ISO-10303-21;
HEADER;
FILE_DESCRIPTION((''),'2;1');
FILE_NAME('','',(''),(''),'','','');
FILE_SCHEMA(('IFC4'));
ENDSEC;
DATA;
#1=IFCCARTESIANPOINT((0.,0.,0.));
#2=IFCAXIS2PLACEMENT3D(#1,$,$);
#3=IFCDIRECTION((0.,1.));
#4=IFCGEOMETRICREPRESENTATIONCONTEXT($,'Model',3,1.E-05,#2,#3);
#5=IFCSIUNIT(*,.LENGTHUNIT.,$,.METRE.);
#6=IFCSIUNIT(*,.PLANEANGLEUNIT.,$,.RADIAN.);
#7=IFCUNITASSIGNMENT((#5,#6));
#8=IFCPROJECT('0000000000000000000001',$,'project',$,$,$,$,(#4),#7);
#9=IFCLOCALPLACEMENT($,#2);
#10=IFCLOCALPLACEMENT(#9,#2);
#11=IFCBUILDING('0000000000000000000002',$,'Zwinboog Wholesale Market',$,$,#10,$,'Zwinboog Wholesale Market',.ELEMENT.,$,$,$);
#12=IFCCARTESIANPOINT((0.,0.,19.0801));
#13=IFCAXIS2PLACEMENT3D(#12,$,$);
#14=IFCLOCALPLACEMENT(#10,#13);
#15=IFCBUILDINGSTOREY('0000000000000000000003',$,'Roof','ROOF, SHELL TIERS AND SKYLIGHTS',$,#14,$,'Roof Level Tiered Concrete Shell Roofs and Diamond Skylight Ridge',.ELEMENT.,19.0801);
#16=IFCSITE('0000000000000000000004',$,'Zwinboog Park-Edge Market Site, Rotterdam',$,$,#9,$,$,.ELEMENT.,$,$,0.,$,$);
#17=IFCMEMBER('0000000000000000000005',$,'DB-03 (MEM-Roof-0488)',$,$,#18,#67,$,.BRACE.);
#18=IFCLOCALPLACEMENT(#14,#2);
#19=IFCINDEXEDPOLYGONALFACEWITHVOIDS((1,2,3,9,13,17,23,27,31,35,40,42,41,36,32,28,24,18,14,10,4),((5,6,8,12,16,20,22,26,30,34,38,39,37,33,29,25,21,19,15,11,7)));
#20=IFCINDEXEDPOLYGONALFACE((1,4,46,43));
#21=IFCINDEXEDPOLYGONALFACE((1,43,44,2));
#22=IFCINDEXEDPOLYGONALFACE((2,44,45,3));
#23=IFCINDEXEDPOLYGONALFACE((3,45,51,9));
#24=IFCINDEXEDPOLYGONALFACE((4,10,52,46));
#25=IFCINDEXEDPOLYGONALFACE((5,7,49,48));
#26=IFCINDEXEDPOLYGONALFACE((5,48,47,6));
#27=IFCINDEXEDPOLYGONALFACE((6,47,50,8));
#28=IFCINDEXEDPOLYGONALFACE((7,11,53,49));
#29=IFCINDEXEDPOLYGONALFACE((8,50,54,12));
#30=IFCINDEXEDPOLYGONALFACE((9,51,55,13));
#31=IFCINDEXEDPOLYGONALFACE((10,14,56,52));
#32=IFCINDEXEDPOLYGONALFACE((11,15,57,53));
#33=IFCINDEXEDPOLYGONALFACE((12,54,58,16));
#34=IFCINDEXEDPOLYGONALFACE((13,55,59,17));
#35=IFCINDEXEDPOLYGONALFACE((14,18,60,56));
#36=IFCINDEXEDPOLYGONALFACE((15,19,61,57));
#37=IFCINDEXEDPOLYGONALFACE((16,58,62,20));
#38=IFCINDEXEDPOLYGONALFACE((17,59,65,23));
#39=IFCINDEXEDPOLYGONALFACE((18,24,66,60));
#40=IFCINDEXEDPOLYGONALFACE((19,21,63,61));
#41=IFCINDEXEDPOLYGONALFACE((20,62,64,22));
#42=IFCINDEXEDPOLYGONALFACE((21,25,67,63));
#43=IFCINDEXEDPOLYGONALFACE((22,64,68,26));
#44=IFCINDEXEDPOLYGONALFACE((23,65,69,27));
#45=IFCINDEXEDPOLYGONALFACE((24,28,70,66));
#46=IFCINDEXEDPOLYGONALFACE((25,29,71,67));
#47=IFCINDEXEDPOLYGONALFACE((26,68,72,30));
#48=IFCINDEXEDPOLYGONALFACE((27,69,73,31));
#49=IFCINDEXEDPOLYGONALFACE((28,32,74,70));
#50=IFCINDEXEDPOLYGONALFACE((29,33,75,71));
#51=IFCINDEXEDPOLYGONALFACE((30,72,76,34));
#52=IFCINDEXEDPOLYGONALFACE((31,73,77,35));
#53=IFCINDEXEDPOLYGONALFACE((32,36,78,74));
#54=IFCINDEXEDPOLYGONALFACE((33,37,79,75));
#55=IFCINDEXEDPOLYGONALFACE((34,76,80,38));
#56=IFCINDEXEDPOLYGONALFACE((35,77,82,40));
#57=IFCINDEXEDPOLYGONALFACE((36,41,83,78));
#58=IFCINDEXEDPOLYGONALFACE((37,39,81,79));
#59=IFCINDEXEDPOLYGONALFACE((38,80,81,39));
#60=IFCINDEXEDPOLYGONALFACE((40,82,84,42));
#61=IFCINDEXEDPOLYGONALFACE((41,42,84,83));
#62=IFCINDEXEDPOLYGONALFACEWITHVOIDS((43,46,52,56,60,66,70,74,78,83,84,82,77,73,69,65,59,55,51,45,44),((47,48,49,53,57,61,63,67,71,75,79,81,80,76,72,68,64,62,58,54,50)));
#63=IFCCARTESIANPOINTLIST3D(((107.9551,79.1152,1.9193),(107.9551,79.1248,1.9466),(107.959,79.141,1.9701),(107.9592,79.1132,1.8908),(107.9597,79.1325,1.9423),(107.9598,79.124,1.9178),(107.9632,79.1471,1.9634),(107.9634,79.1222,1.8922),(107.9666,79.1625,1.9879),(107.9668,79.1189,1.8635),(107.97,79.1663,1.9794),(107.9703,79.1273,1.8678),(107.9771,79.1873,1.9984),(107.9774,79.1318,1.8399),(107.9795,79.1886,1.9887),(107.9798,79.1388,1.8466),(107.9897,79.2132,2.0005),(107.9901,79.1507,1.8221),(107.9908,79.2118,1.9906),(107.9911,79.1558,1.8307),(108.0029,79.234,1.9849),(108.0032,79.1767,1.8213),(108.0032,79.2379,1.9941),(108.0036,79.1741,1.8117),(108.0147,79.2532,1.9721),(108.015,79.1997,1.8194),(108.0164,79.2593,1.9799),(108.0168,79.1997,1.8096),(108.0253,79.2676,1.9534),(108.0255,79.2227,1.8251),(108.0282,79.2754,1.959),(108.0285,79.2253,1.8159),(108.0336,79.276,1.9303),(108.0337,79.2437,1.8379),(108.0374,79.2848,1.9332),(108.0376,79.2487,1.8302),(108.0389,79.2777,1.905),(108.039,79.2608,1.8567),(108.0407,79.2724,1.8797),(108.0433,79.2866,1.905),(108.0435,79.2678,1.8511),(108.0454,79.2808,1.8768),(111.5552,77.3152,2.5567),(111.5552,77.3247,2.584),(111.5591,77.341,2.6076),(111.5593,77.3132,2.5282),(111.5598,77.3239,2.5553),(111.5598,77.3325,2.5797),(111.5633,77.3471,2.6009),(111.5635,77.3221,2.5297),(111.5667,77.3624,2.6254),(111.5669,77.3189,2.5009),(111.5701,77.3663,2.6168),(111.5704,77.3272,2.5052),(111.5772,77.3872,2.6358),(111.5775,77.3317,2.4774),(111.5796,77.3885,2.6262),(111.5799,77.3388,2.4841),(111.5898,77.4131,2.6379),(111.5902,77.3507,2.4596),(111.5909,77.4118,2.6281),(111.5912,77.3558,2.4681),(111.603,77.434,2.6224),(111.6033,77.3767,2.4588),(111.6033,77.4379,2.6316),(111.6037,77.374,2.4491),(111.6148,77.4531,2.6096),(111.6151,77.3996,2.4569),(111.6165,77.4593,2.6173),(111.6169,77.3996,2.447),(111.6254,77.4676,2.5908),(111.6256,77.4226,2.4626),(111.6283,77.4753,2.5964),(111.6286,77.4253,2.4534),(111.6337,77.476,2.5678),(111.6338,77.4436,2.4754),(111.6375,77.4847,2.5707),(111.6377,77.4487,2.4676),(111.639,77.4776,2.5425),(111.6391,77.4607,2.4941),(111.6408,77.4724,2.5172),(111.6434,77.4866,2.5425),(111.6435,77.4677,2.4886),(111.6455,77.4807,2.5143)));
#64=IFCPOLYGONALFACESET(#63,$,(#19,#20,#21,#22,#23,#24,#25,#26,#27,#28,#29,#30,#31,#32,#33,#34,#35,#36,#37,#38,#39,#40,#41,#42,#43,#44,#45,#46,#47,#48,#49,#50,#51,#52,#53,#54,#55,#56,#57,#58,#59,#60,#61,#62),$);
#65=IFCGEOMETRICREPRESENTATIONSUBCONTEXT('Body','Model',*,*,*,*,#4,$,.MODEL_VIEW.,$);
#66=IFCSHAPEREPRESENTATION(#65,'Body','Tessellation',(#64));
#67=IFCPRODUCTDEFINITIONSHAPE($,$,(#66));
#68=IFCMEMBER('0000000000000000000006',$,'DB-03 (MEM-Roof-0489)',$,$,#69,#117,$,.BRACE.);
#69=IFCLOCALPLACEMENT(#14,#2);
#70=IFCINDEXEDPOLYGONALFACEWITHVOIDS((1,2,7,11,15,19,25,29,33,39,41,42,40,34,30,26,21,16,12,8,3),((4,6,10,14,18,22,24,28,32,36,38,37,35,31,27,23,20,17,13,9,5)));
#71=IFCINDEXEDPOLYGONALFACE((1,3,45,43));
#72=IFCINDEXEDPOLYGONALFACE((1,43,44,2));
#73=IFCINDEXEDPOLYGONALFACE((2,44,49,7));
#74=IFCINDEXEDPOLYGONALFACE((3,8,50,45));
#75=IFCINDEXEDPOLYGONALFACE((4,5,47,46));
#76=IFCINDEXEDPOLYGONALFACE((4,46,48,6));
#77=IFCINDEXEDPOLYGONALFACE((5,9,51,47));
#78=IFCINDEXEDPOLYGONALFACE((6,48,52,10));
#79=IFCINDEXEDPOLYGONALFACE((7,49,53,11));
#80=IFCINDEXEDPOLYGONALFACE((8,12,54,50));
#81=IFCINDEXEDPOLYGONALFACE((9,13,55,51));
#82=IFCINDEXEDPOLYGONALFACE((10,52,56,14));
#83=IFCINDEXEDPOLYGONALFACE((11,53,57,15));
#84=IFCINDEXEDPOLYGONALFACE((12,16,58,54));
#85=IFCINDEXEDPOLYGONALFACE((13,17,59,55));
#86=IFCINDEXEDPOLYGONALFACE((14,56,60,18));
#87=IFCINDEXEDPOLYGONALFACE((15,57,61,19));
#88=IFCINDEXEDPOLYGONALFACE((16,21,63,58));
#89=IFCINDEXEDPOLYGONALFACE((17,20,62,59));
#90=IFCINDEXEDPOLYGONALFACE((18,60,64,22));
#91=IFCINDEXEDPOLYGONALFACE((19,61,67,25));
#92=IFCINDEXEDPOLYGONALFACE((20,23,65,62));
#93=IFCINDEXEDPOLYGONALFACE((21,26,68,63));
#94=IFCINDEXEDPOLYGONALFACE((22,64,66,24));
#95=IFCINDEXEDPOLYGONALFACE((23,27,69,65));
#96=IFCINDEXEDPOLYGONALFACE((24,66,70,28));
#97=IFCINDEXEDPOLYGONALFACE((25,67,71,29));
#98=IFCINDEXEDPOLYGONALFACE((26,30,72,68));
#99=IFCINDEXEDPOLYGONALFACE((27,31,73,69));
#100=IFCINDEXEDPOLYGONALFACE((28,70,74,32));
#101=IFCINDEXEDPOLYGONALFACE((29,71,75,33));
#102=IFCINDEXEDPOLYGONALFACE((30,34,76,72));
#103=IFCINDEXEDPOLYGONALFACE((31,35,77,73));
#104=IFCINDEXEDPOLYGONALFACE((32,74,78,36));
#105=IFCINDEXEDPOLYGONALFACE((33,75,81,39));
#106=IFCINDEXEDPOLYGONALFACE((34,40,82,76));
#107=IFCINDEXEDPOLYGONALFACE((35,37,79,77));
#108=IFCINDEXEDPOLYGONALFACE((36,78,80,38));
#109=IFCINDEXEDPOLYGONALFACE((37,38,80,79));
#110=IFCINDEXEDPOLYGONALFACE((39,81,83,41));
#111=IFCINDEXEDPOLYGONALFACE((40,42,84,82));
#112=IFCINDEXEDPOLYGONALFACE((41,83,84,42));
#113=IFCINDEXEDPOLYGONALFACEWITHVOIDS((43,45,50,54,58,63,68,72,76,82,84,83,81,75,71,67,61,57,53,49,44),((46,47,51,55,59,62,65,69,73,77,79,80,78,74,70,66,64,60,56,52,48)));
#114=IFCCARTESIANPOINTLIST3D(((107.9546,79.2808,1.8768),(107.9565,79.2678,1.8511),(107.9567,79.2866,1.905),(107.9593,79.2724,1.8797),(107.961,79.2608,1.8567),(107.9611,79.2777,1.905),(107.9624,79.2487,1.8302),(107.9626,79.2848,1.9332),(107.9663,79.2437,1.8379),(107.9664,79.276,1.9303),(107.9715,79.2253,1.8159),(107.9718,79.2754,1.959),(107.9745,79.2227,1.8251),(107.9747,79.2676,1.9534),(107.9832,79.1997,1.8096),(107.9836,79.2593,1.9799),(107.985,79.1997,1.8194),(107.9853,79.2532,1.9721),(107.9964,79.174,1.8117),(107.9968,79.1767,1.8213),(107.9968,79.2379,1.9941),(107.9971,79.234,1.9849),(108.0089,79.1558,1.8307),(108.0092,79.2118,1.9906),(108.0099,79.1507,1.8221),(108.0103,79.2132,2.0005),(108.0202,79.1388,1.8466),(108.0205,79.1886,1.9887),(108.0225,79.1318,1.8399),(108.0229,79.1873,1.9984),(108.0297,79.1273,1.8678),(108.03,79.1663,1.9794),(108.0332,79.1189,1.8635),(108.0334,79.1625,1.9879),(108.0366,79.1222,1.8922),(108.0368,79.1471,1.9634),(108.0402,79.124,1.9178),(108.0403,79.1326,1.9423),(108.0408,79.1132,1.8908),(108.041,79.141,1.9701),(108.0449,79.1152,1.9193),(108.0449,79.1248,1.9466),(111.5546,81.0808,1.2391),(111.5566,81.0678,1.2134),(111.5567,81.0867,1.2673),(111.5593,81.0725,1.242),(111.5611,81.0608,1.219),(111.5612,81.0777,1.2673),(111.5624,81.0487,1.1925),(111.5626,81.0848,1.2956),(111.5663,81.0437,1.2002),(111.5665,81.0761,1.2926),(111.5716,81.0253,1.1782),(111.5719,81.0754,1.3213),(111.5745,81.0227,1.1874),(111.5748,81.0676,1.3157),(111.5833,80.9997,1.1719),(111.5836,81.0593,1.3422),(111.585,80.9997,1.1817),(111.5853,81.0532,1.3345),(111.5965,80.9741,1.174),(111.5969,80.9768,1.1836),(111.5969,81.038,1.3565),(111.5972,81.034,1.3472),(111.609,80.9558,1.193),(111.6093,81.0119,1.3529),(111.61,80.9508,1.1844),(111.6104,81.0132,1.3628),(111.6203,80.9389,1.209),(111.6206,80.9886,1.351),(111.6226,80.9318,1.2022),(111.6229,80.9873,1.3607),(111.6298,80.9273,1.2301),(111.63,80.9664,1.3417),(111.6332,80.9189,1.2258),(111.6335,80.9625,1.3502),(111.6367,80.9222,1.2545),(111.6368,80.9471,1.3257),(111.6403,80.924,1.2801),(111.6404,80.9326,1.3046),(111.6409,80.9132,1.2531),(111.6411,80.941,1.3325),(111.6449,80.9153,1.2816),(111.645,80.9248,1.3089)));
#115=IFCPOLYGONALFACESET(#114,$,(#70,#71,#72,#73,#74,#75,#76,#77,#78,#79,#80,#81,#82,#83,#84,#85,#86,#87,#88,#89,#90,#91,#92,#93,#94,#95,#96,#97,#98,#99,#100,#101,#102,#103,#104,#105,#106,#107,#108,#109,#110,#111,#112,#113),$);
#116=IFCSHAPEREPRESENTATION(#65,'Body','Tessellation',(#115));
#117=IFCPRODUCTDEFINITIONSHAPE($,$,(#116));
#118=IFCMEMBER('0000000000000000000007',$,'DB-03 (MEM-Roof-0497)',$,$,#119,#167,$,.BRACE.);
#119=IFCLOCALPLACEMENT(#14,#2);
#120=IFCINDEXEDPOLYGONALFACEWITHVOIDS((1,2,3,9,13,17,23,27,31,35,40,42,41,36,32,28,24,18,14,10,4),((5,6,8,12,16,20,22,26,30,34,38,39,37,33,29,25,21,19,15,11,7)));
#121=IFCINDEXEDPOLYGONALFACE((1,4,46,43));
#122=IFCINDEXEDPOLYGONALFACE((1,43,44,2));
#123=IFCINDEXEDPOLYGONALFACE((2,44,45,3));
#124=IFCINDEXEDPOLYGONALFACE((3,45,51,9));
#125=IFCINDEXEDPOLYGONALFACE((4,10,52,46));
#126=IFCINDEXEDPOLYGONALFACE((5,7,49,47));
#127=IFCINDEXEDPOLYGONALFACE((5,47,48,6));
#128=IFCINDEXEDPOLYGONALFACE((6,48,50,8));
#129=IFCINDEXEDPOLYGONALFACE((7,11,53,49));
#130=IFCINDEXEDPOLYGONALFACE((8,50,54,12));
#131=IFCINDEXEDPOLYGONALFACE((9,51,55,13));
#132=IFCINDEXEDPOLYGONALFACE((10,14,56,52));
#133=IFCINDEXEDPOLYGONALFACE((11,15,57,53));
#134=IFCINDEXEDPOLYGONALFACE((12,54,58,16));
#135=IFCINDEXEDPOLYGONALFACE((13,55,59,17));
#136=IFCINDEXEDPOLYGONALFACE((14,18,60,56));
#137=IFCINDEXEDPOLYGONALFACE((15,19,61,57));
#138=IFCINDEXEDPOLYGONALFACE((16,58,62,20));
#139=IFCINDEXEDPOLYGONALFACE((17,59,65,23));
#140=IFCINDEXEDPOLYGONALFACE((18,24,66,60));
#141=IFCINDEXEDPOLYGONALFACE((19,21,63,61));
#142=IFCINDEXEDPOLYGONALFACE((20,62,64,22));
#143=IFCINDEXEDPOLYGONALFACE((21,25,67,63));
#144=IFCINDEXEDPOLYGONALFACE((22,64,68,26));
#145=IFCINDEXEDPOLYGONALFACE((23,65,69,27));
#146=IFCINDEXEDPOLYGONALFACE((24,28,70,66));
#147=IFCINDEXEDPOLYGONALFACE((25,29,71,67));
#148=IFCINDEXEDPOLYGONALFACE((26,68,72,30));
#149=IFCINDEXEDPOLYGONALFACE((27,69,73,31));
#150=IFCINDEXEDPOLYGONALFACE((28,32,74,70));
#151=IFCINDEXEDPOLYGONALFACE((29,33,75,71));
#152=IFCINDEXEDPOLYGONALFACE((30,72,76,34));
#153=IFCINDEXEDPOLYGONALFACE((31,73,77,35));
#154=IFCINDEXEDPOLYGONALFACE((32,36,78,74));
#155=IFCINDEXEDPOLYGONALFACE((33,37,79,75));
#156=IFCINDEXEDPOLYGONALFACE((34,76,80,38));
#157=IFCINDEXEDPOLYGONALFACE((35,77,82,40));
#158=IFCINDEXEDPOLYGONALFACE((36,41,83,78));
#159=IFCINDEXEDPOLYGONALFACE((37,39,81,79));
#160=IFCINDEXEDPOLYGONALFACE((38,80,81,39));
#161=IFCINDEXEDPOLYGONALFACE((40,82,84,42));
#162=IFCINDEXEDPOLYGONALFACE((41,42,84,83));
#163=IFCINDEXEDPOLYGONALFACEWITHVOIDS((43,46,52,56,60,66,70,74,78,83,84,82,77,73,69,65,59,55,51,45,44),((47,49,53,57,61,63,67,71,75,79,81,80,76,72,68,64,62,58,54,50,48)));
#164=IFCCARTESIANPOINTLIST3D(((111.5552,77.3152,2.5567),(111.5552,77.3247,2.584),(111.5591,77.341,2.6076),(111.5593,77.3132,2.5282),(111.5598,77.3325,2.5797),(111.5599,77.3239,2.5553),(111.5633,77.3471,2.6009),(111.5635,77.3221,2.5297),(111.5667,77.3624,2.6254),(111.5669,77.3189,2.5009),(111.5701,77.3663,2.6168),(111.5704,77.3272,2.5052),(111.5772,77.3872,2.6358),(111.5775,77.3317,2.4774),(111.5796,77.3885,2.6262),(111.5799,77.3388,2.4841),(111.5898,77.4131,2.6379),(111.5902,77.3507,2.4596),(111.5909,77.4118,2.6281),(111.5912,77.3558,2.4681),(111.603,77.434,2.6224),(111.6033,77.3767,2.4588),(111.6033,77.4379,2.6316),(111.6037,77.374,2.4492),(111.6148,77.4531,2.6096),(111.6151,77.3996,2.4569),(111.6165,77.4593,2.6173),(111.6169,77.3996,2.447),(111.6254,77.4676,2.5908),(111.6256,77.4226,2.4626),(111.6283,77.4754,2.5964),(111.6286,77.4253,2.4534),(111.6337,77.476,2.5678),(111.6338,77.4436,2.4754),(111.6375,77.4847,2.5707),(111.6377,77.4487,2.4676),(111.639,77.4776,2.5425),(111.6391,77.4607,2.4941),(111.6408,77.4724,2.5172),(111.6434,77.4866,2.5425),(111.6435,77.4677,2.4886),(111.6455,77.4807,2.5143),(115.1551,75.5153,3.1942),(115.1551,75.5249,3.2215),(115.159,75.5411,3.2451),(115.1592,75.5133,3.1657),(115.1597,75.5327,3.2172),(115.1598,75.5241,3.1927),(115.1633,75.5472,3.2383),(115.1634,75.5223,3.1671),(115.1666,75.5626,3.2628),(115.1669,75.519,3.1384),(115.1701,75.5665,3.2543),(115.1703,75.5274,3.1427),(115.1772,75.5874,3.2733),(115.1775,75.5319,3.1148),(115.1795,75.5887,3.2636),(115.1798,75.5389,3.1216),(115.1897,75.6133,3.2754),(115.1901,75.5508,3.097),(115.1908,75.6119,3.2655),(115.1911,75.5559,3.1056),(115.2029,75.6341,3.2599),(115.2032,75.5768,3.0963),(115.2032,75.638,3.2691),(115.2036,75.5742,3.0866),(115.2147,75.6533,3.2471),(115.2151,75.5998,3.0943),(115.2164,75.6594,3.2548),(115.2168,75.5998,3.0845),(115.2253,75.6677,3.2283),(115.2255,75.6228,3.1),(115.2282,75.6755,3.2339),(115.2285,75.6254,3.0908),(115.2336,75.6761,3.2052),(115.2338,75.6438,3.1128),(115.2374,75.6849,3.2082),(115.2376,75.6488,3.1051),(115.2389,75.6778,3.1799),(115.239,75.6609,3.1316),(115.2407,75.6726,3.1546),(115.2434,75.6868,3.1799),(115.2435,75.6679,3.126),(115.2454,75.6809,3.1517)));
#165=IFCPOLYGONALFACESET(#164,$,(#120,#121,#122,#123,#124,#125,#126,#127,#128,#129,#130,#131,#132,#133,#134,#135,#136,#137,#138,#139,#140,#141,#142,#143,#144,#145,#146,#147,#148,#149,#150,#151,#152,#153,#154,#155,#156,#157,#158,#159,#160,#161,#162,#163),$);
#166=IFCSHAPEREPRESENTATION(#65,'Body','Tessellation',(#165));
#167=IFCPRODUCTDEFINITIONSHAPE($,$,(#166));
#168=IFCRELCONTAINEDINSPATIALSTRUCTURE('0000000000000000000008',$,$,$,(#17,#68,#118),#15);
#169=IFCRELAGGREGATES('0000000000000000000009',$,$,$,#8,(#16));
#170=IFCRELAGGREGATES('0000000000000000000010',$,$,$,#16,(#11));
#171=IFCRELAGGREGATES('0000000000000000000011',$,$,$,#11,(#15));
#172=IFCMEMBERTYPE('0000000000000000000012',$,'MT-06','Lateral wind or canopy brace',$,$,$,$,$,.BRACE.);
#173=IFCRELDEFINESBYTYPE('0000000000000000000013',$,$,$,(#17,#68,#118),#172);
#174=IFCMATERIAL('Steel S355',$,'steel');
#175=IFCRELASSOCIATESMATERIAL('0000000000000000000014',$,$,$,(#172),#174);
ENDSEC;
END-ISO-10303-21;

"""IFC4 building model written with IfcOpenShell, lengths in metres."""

from ifc_helpers import new_model, si_unit, direction, frame, origin, origin_2d, place, context, subcontext, project, spatial, hollow_circle, extrude, material, material_profile, profile_set, type_object, element, save


model = new_model("IFC4")

# Units and contexts
model_context = context("Model", 3, precision=1e-05, world=origin(), true_north=direction((0.0, 1.0)))
body_context = subcontext(model_context, "Body", "Model", "MODEL_VIEW")
ifc_project = project(units=[si_unit("LENGTHUNIT", "METRE"), si_unit("PLANEANGLEUNIT", "RADIAN")], contexts=[model_context])

# Site, building, storey
site_placement = place(None, origin())
site = spatial("IfcSite", under=ifc_project, at=site_placement, Name="Zwinboog Park-Edge Market Site, Rotterdam", CompositionType="ELEMENT", RefElevation=0.0)
building_placement = place(site_placement, origin())
building = spatial("IfcBuilding", under=site, at=building_placement, Name="Zwinboog Wholesale Market", LongName="Zwinboog Wholesale Market", CompositionType="ELEMENT")
storey_placement = place(building_placement, frame((0.0, 0.0, 19.0801)))
storey = spatial("IfcBuildingStorey", under=building, at=storey_placement, Name="Roof", Description="ROOF, SHELL TIERS AND SKYLIGHTS", LongName="Roof Level Tiered Concrete Shell Roofs and Diamond Skylight Ridge", CompositionType="ELEMENT", Elevation=19.0801)

# Members
ifc_material_1 = material(Name="Steel S355", Category="steel")
ifc_material_profile_1 = material_profile(ifc_material_1, hollow_circle(Radius=0.0969, WallThickness=0.01, at=origin_2d()), Name="CHS 193.7x10")
ifc_profile_set_1 = profile_set([ifc_material_profile_1], Name="Steel S355")
member_type_1 = type_object("IfcMemberType", Name="MT-06", Description="Lateral wind or canopy brace", PredefinedType="BRACE", material=ifc_profile_set_1)
for number, where, z_axis, x_axis, name in (
    (1, (108.0, 79.2, 1.905), (0.883417, -0.441709, 0.156422), (0.447214, 0.894427, 0.0), "DB-03 (MEM-Roof-0488)"),
    (2, (108.0, 79.2, 1.905), (0.883409, 0.441704, -0.156481), (-0.447214, 0.894427, 0.0), "DB-03 (MEM-Roof-0489)"),
):
    element("IfcMember", number, at=place(storey_placement, frame(where, z_axis=z_axis, x_axis=x_axis)), inside=storey, type_object=member_type_1, Name=name, PredefinedType="BRACE", context=body_context, shape_type="SweptSolid", body=[
        extrude(hollow_circle(Radius=0.0969, WallThickness=0.01, at=origin_2d()), origin(), (0.0, 0.0, 1.0), 4.0752),
    ])
for number, where, z_axis, x_axis, name in (
    (3, (111.6001, 77.3999, 2.5425), (0.883427, -0.441684, 0.156435), (0.447189, 0.894439, 0.0), "DB-03 (MEM-Roof-0497)"),
):
    element("IfcMember", number, at=place(storey_placement, frame(where, z_axis=z_axis, x_axis=x_axis)), inside=storey, type_object=member_type_1, Name=name, PredefinedType="BRACE", context=body_context, shape_type="SweptSolid", body=[
        extrude(hollow_circle(Radius=0.0969, WallThickness=0.01, at=origin_2d()), origin(), (0.0, 0.0, 1.0), 4.075),
    ])

save(model, "model.ifc")
